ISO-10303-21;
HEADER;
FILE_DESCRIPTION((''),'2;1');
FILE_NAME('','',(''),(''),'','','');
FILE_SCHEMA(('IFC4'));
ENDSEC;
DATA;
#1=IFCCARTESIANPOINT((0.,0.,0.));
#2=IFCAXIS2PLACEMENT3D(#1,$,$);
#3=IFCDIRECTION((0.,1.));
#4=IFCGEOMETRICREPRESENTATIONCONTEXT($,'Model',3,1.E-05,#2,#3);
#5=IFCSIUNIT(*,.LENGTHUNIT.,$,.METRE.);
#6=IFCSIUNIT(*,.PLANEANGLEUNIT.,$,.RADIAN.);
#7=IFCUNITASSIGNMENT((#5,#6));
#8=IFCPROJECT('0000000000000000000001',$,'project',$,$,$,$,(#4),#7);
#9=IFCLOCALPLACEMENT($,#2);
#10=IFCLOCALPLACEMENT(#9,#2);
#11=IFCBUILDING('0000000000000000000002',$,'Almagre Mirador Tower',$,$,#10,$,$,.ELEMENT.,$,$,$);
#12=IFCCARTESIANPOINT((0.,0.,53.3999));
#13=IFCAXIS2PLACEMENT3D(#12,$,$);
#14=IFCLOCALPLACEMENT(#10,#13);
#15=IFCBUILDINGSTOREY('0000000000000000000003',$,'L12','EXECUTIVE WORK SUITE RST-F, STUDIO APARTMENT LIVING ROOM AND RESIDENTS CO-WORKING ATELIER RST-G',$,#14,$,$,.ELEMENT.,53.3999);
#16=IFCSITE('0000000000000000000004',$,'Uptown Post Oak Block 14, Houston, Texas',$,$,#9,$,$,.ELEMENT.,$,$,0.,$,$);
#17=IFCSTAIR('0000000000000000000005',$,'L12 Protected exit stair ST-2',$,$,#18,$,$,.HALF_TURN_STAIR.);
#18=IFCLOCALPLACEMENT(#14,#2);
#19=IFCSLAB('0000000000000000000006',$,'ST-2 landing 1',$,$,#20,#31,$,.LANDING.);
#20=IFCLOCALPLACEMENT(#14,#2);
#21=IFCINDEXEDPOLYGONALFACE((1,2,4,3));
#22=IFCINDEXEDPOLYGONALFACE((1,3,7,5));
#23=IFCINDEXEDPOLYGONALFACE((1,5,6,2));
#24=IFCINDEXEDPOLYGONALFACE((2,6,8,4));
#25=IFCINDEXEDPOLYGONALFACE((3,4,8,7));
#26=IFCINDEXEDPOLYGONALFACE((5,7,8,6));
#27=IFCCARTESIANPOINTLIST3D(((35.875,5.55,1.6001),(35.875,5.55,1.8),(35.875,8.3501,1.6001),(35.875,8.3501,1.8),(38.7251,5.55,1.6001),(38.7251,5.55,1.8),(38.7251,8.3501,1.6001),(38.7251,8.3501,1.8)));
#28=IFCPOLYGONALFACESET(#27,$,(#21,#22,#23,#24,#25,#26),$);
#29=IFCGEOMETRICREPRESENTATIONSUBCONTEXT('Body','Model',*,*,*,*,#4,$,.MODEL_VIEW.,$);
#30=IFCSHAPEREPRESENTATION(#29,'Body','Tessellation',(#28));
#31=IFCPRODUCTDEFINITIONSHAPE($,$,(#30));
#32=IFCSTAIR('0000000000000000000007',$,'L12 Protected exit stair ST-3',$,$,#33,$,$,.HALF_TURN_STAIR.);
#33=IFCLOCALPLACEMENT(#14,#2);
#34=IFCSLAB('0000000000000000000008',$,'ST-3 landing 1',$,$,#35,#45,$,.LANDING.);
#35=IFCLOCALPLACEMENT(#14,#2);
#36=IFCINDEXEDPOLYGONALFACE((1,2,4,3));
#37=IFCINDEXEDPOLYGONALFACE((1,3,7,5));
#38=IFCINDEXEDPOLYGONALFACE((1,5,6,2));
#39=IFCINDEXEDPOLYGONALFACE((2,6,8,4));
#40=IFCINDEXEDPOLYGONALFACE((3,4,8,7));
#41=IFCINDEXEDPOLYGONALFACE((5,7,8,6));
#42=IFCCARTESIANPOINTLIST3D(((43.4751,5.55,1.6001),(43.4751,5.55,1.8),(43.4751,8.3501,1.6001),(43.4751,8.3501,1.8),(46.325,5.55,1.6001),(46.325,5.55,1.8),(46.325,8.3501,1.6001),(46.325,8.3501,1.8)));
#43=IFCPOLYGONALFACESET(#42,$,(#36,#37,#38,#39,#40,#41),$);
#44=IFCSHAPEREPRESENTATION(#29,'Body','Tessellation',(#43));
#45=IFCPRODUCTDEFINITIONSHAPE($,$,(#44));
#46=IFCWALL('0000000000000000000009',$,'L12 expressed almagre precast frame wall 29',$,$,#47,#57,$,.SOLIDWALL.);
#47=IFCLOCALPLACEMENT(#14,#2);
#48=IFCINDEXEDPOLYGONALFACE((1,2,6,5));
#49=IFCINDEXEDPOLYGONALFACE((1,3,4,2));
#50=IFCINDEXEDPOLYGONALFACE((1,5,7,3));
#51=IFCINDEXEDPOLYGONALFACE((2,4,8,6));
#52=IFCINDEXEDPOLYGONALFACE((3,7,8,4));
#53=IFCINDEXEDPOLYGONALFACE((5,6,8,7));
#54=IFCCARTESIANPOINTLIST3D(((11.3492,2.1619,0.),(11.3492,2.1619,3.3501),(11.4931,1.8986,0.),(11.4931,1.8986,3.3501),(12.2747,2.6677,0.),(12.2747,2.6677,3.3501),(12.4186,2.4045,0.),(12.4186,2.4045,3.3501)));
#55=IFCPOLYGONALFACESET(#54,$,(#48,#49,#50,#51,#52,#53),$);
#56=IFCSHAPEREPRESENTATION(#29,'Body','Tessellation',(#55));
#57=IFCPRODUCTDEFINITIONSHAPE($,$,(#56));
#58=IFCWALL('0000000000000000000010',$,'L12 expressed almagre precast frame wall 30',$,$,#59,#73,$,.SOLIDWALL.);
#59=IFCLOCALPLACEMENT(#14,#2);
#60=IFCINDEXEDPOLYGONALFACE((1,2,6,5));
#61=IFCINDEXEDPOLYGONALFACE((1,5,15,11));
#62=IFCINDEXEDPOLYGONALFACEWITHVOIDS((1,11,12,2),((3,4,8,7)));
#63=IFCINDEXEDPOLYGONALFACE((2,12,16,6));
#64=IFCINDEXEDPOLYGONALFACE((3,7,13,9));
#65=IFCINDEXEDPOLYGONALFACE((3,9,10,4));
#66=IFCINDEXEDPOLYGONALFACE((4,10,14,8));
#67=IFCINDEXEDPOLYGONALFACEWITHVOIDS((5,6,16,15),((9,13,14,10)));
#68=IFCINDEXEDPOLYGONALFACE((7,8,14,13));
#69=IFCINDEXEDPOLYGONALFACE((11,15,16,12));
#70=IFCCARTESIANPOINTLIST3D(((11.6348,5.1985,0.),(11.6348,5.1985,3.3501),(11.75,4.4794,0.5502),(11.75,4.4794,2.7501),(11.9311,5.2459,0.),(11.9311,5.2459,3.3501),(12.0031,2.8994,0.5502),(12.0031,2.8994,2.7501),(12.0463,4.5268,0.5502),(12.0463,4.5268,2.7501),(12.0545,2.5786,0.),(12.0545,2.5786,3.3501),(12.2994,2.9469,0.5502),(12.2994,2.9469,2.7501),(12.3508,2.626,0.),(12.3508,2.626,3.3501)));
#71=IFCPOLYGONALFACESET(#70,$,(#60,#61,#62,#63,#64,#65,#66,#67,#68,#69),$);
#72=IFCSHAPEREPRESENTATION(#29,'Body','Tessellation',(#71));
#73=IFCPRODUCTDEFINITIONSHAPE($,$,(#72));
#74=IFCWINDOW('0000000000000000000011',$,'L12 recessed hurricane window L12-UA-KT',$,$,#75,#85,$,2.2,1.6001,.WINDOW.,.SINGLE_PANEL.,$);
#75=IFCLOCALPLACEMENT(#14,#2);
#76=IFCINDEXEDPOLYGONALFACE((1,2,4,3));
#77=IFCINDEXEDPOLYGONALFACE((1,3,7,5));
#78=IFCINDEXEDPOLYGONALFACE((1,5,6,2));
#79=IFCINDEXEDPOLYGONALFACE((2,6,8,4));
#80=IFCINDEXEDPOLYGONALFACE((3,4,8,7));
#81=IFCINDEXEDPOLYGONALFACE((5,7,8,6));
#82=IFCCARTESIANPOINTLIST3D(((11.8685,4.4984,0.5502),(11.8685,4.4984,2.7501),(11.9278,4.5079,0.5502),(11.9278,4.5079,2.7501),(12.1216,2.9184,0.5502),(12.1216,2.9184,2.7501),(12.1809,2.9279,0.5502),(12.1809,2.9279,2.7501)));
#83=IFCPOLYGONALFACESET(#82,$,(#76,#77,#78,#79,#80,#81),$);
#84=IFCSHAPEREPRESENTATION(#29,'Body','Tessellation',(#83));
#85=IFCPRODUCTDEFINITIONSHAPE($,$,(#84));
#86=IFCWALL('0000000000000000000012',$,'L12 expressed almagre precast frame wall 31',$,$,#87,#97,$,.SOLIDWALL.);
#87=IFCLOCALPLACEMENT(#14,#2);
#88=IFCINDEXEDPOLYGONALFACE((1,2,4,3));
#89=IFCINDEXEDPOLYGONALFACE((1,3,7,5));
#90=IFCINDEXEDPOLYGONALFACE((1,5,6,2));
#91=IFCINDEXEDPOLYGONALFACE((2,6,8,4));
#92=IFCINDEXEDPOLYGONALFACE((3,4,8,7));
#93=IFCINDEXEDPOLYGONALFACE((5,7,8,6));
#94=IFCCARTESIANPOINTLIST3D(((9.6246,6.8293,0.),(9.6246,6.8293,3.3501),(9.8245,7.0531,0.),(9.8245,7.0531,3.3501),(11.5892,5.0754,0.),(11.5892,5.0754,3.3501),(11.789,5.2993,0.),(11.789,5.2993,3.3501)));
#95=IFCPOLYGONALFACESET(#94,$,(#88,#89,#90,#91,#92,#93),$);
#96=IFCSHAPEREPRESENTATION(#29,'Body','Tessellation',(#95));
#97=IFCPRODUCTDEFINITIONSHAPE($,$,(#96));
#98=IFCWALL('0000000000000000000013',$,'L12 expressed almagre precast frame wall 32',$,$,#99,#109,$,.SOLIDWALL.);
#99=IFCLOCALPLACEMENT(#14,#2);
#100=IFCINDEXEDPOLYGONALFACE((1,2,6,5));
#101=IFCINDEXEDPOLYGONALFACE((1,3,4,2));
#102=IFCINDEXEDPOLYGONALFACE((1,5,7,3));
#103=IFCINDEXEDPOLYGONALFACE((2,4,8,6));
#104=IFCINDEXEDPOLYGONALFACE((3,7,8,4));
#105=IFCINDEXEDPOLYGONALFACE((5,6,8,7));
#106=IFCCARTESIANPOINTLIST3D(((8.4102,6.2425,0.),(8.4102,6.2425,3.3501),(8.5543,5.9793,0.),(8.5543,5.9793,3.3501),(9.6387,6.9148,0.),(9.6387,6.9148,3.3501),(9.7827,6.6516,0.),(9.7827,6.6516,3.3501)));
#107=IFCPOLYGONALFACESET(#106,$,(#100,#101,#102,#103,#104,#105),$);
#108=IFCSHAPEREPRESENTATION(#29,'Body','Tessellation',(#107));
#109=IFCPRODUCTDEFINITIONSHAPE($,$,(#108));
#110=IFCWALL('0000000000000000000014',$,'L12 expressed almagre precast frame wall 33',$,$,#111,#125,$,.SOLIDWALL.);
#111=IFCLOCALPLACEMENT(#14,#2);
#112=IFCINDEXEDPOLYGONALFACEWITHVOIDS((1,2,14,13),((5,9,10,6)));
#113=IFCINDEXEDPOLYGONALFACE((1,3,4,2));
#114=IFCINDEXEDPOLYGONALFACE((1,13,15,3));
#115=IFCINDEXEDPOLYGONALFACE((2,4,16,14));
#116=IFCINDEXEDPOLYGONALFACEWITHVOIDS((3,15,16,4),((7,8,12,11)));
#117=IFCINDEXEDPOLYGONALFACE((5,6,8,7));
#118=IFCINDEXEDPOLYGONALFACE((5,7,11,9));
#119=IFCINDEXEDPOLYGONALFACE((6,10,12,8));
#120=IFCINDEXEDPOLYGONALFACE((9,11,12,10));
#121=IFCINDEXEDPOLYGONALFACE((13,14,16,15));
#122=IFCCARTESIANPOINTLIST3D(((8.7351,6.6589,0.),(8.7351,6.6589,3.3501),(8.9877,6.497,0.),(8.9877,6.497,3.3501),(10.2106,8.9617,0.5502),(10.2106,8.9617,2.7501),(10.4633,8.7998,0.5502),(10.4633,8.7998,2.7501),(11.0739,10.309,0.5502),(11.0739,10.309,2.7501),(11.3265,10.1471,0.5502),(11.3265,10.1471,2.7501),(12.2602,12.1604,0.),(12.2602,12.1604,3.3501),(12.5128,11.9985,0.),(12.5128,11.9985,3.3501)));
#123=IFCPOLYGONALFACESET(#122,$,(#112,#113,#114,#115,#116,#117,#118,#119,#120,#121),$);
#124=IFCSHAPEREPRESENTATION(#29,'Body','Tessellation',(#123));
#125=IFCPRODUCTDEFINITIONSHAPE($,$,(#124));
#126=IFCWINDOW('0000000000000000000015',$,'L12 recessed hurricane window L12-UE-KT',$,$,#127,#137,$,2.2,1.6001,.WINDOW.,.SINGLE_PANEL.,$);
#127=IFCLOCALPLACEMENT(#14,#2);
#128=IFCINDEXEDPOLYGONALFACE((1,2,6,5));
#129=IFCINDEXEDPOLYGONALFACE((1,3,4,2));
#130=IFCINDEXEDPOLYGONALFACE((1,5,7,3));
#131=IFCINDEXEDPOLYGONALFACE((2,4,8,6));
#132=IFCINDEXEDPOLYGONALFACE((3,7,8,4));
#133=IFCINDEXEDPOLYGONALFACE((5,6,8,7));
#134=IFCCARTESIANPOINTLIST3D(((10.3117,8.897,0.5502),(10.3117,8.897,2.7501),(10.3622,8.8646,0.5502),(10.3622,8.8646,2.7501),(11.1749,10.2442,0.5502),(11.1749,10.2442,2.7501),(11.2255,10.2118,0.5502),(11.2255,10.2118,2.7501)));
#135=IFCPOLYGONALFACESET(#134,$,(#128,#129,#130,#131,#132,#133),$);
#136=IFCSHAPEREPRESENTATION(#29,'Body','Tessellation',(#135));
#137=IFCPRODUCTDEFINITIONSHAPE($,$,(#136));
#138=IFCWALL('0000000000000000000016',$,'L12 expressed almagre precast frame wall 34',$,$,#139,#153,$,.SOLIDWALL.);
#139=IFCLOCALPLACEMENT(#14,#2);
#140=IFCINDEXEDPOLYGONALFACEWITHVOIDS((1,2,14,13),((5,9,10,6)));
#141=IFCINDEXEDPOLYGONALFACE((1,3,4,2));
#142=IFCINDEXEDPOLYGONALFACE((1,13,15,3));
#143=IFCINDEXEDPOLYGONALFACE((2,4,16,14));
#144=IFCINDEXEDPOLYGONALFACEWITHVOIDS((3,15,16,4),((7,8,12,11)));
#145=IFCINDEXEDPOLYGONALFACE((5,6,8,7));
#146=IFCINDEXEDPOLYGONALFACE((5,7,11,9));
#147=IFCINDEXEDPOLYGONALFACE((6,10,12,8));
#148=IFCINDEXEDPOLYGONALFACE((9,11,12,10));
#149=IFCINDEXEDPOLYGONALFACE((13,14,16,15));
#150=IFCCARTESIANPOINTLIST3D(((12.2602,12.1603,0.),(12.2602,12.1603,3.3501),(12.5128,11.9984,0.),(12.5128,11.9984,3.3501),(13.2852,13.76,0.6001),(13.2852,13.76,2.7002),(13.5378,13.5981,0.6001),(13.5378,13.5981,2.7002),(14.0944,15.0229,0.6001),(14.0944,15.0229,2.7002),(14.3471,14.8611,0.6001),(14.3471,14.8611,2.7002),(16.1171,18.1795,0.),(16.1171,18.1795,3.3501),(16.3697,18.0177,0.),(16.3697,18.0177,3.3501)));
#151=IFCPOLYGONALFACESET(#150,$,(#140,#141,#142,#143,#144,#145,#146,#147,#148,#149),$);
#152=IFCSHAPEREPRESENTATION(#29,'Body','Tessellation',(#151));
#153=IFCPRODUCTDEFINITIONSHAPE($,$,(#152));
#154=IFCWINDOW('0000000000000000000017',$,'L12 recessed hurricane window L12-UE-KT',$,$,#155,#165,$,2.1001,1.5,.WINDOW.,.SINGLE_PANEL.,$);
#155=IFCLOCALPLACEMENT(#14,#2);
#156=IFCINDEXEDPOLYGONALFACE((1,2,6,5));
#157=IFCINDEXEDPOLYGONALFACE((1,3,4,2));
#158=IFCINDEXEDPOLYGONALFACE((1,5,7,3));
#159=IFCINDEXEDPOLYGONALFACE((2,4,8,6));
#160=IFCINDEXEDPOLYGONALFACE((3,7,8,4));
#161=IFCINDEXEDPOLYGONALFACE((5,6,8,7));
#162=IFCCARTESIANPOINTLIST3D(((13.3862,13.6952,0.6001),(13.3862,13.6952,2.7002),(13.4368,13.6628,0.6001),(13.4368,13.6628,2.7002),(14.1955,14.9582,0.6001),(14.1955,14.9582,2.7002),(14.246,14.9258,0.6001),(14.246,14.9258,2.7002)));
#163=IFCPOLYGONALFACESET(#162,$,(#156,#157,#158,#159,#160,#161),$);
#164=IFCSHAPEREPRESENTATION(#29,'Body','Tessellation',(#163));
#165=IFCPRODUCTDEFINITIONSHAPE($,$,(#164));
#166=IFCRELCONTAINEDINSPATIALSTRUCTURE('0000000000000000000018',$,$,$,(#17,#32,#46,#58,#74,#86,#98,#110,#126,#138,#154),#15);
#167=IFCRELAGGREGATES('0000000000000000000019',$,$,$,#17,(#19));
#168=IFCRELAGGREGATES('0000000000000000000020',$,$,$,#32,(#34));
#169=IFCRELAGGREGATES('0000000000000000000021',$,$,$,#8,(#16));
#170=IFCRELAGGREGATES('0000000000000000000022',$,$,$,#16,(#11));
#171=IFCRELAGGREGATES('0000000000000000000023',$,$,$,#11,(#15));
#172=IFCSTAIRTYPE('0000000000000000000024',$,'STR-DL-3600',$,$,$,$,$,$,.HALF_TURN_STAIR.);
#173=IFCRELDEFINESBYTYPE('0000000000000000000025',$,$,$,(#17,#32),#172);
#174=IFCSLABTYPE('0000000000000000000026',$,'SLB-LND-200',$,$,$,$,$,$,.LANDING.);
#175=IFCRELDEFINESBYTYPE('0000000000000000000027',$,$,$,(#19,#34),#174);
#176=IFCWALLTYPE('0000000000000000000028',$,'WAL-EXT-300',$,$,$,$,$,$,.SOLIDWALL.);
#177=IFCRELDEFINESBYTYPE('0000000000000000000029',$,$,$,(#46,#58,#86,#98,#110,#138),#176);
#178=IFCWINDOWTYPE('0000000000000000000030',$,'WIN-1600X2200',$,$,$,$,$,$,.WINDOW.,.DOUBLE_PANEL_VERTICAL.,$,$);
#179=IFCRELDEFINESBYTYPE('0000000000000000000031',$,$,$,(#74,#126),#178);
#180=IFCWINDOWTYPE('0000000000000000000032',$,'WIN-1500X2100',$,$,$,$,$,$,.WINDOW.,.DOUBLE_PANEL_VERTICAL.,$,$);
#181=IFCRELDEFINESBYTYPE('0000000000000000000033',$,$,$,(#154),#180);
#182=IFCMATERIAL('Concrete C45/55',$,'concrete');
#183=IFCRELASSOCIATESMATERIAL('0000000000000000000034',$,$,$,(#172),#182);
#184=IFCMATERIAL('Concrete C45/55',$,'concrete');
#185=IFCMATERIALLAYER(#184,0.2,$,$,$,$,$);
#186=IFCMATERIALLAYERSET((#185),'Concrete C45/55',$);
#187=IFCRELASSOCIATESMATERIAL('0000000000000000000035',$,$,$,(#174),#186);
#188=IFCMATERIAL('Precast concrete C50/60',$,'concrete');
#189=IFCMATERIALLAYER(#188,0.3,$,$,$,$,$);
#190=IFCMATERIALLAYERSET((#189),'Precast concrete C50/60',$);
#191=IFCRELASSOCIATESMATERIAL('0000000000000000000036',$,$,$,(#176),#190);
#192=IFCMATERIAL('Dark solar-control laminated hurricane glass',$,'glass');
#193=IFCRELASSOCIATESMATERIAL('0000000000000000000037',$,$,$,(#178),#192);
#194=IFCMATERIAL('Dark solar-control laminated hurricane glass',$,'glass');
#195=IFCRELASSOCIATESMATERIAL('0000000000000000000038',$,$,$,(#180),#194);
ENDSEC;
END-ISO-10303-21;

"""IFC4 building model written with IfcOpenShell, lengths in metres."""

from ifc_helpers import new_model, si_unit, direction, frame, frame_2d, origin, place, context, subcontext, project, spatial, polyline, rectangle, outline, extrude, material, layer, layer_set, type_object, element, fill, aggregate, save


model = new_model("IFC4")

# Units and contexts
model_context = context("Model", 3, precision=1e-05, world=origin(), true_north=direction((0.0, 1.0)))
body_context = subcontext(model_context, "Body", "Model", "MODEL_VIEW")
ifc_project = project(units=[si_unit("LENGTHUNIT", "METRE"), si_unit("PLANEANGLEUNIT", "RADIAN")], contexts=[model_context])

# Site, building, storey
site_placement = place(None, origin())
site = spatial("IfcSite", under=ifc_project, at=site_placement, Name="Uptown Post Oak Block 14, Houston, Texas", CompositionType="ELEMENT", RefElevation=0.0)
building_placement = place(site_placement, origin())
building = spatial("IfcBuilding", under=site, at=building_placement, Name="Almagre Mirador Tower", CompositionType="ELEMENT")
storey_placement = place(building_placement, frame((0.0, 0.0, 53.3999)))
storey = spatial("IfcBuildingStorey", under=building, at=storey_placement, Name="L12", Description="EXECUTIVE WORK SUITE RST-F, STUDIO APARTMENT LIVING ROOM AND RESIDENTS CO-WORKING ATELIER RST-G", CompositionType="ELEMENT", Elevation=53.3999)

# Stairs, slabs
ifc_material_1 = material(Name="Concrete C45/55", Category="concrete")
stair_type = type_object("IfcStairType", Name="STR-DL-3600", PredefinedType="HALF_TURN_STAIR", material=ifc_material_1)
ifc_material_2 = material(Name="Concrete C45/55", Category="concrete")
ifc_layer_1 = layer(ifc_material_2, 0.2)
ifc_layer_set_1 = layer_set([ifc_layer_1], Name="Concrete C45/55")
slab_type_1 = type_object("IfcSlabType", Name="SLB-LND-200", PredefinedType="LANDING", material=ifc_layer_set_1)
stair_1_placement = place(storey_placement, origin())
stair_1 = element("IfcStair", 1, at=stair_1_placement, inside=storey, type_object=stair_type, Name="L12 Protected exit stair ST-2", PredefinedType="HALF_TURN_STAIR")
slab_1_placement = place(storey_placement, frame((0.0, 0.0, 1.6001)))
slab_1 = element("IfcSlab", 2, at=slab_1_placement, type_object=slab_type_1, Name="ST-2 landing 1", PredefinedType="LANDING", context=body_context, shape_type="SweptSolid", body=[
    extrude(outline(polyline([(35.875, 8.3501), (35.875, 5.55), (38.7251, 5.55), (38.7251, 8.3501), (35.875, 8.3501)])), origin(), (0.0, 0.0, 1.0), 0.2),
])
aggregate(stair_1, [slab_1])
stair_2_placement = place(storey_placement, origin())
stair_2 = element("IfcStair", 3, at=stair_2_placement, inside=storey, type_object=stair_type, Name="L12 Protected exit stair ST-3", PredefinedType="HALF_TURN_STAIR")
slab_2_placement = place(storey_placement, frame((0.0, 0.0, 1.6001)))
slab_2 = element("IfcSlab", 4, at=slab_2_placement, type_object=slab_type_1, Name="ST-3 landing 1", PredefinedType="LANDING", context=body_context, shape_type="SweptSolid", body=[
    extrude(outline(polyline([(43.4751, 8.3501), (43.4751, 5.55), (46.325, 5.55), (46.325, 8.3501), (43.4751, 8.3501)])), origin(), (0.0, 0.0, 1.0), 0.2),
])
aggregate(stair_2, [slab_2])

# Wall
ifc_material_3 = material(Name="Precast concrete C50/60", Category="concrete")
ifc_layer_2 = layer(ifc_material_3, 0.3)
ifc_layer_set_2 = layer_set([ifc_layer_2], Name="Precast concrete C50/60")
wall_type_1 = type_object("IfcWallType", Name="WAL-EXT-300", PredefinedType="SOLIDWALL", material=ifc_layer_set_2)
wall_1_placement = place(storey_placement, frame((11.4211, 2.0303, 0.0), z_axis=(0.0, 0.0, 1.0), x_axis=(0.877488, 0.479598, 0.0)))
element("IfcWall", 5, at=wall_1_placement, inside=storey, type_object=wall_type_1, Name="L12 expressed almagre precast frame wall 29", PredefinedType="SOLIDWALL", context=body_context, shape_type="SweptSolid", body=[
    extrude(rectangle(XDim=1.0547, YDim=0.3, at=frame_2d((0.5273, 0.0))), origin(), (0.0, 0.0, 1.0), 3.3501),
])

# Wall, opening, window
wall_2_placement = place(storey_placement, frame((12.2026, 2.6023, 0.0), z_axis=(0.0, 0.0, 1.0), x_axis=(-0.158174, 0.987411, 0.0)))
wall_2 = element("IfcWall", 6, at=wall_2_placement, inside=storey, type_object=wall_type_1, Name="L12 expressed almagre precast frame wall 30", PredefinedType="SOLIDWALL", context=body_context, shape_type="SweptSolid", body=[
    extrude(rectangle(XDim=2.6533, YDim=0.3, at=frame_2d((1.3267, 0.0))), origin(), (0.0, 0.0, 1.0), 3.3501),
])
opening_1_placement = place(wall_2_placement, frame((0.325, 0.0, 0.55)))
opening_1 = element("IfcOpeningElement", 7, at=opening_1_placement, cuts=wall_2, PredefinedType="OPENING", context=body_context, shape_type="SweptSolid", body=[
    extrude(rectangle(XDim=1.6001, YDim=2.2, at=frame_2d((0.8, 1.1001))), frame((0.0, 0.1599, 0.0), z_axis=(0.0, -1.0, 0.0), x_axis=(1.0, 0.0, 0.0)), (0.0, 0.0, 1.0), 0.32),
])
ifc_material_4 = material(Name="Dark solar-control laminated hurricane glass", Category="glass")
window_type_1 = type_object("IfcWindowType", Name="WIN-1600X2200", PartitioningType="DOUBLE_PANEL_VERTICAL", PredefinedType="WINDOW", material=ifc_material_4)
window_1_placement = place(opening_1_placement, origin())
window_1 = element("IfcWindow", 8, at=window_1_placement, inside=storey, type_object=window_type_1, Name="L12 recessed hurricane window L12-UA-KT", OverallHeight=2.2, OverallWidth=1.6001, PartitioningType="SINGLE_PANEL", PredefinedType="WINDOW", context=body_context, shape_type="SweptSolid", body=[
    extrude(rectangle(XDim=1.6001, YDim=2.2, at=frame_2d((0.8, 1.1001))), frame((0.0, 0.03, 0.0), z_axis=(0.0, -1.0, 0.0), x_axis=(1.0, 0.0, 0.0)), (0.0, 0.0, 1.0), 0.0601),
])
fill(opening_1, window_1)

# Walls
wall_3_placement = place(storey_placement, frame((11.6892, 5.1873, 0.0), z_axis=(0.0, 0.0, 1.0), x_axis=(-0.745975, 0.665973, 0.0)))
element("IfcWall", 9, at=wall_3_placement, inside=storey, type_object=wall_type_1, Name="L12 expressed almagre precast frame wall 31", PredefinedType="SOLIDWALL", context=body_context, shape_type="SweptSolid", body=[
    extrude(rectangle(XDim=2.6335, YDim=0.3, at=frame_2d((1.3169, 0.0))), origin(), (0.0, 0.0, 1.0), 3.3501),
])
wall_4_placement = place(storey_placement, frame((9.7107, 6.7832, 0.0), z_axis=(0.0, 0.0, 1.0), x_axis=(-0.877215, -0.480097, 0.0)))
element("IfcWall", 10, at=wall_4_placement, inside=storey, type_object=wall_type_1, Name="L12 expressed almagre precast frame wall 32", PredefinedType="SOLIDWALL", context=body_context, shape_type="SweptSolid", body=[
    extrude(rectangle(XDim=1.4004, YDim=0.3, at=frame_2d((0.7002, 0.0))), origin(), (0.0, 0.0, 1.0), 3.3501),
])

# Walls, openings, windows
wall_5_placement = place(storey_placement, frame((8.8613, 6.5779, 0.0), z_axis=(0.0, 0.0, 1.0), x_axis=(0.539511, 0.841979, 0.0)))
wall_5 = element("IfcWall", 11, at=wall_5_placement, inside=storey, type_object=wall_type_1, Name="L12 expressed almagre precast frame wall 33", PredefinedType="SOLIDWALL", context=body_context, shape_type="SweptSolid", body=[
    extrude(rectangle(XDim=6.5339, YDim=0.3, at=frame_2d((3.2671, 0.0))), origin(), (0.0, 0.0, 1.0), 3.3501),
])
opening_2_placement = place(wall_5_placement, frame((2.7351, 0.0, 0.55)))
opening_2 = element("IfcOpeningElement", 12, at=opening_2_placement, cuts=wall_5, PredefinedType="OPENING", context=body_context, shape_type="SweptSolid", body=[
    extrude(rectangle(XDim=1.6001, YDim=2.2, at=frame_2d((0.8, 1.1001))), frame((0.0, 0.1599, 0.0), z_axis=(0.0, -1.0, 0.0), x_axis=(1.0, 0.0, 0.0)), (0.0, 0.0, 1.0), 0.32),
])
window_2_placement = place(opening_2_placement, origin())
window_2 = element("IfcWindow", 13, at=window_2_placement, inside=storey, type_object=window_type_1, Name="L12 recessed hurricane window L12-UE-KT", OverallHeight=2.2, OverallWidth=1.6001, PartitioningType="SINGLE_PANEL", PredefinedType="WINDOW", context=body_context, shape_type="SweptSolid", body=[
    extrude(rectangle(XDim=1.6001, YDim=2.2, at=frame_2d((0.8, 1.1001))), frame((0.0, 0.03, 0.0), z_axis=(0.0, -1.0, 0.0), x_axis=(1.0, 0.0, 0.0)), (0.0, 0.0, 1.0), 0.0601),
])
fill(opening_2, window_2)
wall_6_placement = place(storey_placement, frame((12.3865, 12.0793, 0.0), z_axis=(0.0, 0.0, 1.0), x_axis=(0.539509, 0.84198, 0.0)))
wall_6 = element("IfcWall", 14, at=wall_6_placement, inside=storey, type_object=wall_type_1, Name="L12 expressed almagre precast frame wall 34", PredefinedType="SOLIDWALL", context=body_context, shape_type="SweptSolid", body=[
    extrude(rectangle(XDim=7.1489, YDim=0.3, at=frame_2d((3.5745, 0.0))), origin(), (0.0, 0.0, 1.0), 3.3501),
])
opening_3_placement = place(wall_6_placement, frame((1.8999, 0.0, 0.6001)))
opening_3 = element("IfcOpeningElement", 15, at=opening_3_placement, cuts=wall_6, PredefinedType="OPENING", context=body_context, shape_type="SweptSolid", body=[
    extrude(rectangle(XDim=1.5, YDim=2.1001, at=frame_2d((0.75, 1.05))), frame((0.0, 0.1599, 0.0), z_axis=(0.0, -1.0, 0.0), x_axis=(1.0, 0.0, 0.0)), (0.0, 0.0, 1.0), 0.32),
])
ifc_material_5 = material(Name="Dark solar-control laminated hurricane glass", Category="glass")
window_type_2 = type_object("IfcWindowType", Name="WIN-1500X2100", PartitioningType="DOUBLE_PANEL_VERTICAL", PredefinedType="WINDOW", material=ifc_material_5)
window_3_placement = place(opening_3_placement, origin())
window_3 = element("IfcWindow", 16, at=window_3_placement, inside=storey, type_object=window_type_2, Name="L12 recessed hurricane window L12-UE-KT", OverallHeight=2.1001, OverallWidth=1.5, PartitioningType="SINGLE_PANEL", PredefinedType="WINDOW", context=body_context, shape_type="SweptSolid", body=[
    extrude(rectangle(XDim=1.5, YDim=2.1001, at=frame_2d((0.75, 1.05))), frame((0.0, 0.03, 0.0), z_axis=(0.0, -1.0, 0.0), x_axis=(1.0, 0.0, 0.0)), (0.0, 0.0, 1.0), 0.0601),
])
fill(opening_3, window_3)

save(model, "model.ifc")
